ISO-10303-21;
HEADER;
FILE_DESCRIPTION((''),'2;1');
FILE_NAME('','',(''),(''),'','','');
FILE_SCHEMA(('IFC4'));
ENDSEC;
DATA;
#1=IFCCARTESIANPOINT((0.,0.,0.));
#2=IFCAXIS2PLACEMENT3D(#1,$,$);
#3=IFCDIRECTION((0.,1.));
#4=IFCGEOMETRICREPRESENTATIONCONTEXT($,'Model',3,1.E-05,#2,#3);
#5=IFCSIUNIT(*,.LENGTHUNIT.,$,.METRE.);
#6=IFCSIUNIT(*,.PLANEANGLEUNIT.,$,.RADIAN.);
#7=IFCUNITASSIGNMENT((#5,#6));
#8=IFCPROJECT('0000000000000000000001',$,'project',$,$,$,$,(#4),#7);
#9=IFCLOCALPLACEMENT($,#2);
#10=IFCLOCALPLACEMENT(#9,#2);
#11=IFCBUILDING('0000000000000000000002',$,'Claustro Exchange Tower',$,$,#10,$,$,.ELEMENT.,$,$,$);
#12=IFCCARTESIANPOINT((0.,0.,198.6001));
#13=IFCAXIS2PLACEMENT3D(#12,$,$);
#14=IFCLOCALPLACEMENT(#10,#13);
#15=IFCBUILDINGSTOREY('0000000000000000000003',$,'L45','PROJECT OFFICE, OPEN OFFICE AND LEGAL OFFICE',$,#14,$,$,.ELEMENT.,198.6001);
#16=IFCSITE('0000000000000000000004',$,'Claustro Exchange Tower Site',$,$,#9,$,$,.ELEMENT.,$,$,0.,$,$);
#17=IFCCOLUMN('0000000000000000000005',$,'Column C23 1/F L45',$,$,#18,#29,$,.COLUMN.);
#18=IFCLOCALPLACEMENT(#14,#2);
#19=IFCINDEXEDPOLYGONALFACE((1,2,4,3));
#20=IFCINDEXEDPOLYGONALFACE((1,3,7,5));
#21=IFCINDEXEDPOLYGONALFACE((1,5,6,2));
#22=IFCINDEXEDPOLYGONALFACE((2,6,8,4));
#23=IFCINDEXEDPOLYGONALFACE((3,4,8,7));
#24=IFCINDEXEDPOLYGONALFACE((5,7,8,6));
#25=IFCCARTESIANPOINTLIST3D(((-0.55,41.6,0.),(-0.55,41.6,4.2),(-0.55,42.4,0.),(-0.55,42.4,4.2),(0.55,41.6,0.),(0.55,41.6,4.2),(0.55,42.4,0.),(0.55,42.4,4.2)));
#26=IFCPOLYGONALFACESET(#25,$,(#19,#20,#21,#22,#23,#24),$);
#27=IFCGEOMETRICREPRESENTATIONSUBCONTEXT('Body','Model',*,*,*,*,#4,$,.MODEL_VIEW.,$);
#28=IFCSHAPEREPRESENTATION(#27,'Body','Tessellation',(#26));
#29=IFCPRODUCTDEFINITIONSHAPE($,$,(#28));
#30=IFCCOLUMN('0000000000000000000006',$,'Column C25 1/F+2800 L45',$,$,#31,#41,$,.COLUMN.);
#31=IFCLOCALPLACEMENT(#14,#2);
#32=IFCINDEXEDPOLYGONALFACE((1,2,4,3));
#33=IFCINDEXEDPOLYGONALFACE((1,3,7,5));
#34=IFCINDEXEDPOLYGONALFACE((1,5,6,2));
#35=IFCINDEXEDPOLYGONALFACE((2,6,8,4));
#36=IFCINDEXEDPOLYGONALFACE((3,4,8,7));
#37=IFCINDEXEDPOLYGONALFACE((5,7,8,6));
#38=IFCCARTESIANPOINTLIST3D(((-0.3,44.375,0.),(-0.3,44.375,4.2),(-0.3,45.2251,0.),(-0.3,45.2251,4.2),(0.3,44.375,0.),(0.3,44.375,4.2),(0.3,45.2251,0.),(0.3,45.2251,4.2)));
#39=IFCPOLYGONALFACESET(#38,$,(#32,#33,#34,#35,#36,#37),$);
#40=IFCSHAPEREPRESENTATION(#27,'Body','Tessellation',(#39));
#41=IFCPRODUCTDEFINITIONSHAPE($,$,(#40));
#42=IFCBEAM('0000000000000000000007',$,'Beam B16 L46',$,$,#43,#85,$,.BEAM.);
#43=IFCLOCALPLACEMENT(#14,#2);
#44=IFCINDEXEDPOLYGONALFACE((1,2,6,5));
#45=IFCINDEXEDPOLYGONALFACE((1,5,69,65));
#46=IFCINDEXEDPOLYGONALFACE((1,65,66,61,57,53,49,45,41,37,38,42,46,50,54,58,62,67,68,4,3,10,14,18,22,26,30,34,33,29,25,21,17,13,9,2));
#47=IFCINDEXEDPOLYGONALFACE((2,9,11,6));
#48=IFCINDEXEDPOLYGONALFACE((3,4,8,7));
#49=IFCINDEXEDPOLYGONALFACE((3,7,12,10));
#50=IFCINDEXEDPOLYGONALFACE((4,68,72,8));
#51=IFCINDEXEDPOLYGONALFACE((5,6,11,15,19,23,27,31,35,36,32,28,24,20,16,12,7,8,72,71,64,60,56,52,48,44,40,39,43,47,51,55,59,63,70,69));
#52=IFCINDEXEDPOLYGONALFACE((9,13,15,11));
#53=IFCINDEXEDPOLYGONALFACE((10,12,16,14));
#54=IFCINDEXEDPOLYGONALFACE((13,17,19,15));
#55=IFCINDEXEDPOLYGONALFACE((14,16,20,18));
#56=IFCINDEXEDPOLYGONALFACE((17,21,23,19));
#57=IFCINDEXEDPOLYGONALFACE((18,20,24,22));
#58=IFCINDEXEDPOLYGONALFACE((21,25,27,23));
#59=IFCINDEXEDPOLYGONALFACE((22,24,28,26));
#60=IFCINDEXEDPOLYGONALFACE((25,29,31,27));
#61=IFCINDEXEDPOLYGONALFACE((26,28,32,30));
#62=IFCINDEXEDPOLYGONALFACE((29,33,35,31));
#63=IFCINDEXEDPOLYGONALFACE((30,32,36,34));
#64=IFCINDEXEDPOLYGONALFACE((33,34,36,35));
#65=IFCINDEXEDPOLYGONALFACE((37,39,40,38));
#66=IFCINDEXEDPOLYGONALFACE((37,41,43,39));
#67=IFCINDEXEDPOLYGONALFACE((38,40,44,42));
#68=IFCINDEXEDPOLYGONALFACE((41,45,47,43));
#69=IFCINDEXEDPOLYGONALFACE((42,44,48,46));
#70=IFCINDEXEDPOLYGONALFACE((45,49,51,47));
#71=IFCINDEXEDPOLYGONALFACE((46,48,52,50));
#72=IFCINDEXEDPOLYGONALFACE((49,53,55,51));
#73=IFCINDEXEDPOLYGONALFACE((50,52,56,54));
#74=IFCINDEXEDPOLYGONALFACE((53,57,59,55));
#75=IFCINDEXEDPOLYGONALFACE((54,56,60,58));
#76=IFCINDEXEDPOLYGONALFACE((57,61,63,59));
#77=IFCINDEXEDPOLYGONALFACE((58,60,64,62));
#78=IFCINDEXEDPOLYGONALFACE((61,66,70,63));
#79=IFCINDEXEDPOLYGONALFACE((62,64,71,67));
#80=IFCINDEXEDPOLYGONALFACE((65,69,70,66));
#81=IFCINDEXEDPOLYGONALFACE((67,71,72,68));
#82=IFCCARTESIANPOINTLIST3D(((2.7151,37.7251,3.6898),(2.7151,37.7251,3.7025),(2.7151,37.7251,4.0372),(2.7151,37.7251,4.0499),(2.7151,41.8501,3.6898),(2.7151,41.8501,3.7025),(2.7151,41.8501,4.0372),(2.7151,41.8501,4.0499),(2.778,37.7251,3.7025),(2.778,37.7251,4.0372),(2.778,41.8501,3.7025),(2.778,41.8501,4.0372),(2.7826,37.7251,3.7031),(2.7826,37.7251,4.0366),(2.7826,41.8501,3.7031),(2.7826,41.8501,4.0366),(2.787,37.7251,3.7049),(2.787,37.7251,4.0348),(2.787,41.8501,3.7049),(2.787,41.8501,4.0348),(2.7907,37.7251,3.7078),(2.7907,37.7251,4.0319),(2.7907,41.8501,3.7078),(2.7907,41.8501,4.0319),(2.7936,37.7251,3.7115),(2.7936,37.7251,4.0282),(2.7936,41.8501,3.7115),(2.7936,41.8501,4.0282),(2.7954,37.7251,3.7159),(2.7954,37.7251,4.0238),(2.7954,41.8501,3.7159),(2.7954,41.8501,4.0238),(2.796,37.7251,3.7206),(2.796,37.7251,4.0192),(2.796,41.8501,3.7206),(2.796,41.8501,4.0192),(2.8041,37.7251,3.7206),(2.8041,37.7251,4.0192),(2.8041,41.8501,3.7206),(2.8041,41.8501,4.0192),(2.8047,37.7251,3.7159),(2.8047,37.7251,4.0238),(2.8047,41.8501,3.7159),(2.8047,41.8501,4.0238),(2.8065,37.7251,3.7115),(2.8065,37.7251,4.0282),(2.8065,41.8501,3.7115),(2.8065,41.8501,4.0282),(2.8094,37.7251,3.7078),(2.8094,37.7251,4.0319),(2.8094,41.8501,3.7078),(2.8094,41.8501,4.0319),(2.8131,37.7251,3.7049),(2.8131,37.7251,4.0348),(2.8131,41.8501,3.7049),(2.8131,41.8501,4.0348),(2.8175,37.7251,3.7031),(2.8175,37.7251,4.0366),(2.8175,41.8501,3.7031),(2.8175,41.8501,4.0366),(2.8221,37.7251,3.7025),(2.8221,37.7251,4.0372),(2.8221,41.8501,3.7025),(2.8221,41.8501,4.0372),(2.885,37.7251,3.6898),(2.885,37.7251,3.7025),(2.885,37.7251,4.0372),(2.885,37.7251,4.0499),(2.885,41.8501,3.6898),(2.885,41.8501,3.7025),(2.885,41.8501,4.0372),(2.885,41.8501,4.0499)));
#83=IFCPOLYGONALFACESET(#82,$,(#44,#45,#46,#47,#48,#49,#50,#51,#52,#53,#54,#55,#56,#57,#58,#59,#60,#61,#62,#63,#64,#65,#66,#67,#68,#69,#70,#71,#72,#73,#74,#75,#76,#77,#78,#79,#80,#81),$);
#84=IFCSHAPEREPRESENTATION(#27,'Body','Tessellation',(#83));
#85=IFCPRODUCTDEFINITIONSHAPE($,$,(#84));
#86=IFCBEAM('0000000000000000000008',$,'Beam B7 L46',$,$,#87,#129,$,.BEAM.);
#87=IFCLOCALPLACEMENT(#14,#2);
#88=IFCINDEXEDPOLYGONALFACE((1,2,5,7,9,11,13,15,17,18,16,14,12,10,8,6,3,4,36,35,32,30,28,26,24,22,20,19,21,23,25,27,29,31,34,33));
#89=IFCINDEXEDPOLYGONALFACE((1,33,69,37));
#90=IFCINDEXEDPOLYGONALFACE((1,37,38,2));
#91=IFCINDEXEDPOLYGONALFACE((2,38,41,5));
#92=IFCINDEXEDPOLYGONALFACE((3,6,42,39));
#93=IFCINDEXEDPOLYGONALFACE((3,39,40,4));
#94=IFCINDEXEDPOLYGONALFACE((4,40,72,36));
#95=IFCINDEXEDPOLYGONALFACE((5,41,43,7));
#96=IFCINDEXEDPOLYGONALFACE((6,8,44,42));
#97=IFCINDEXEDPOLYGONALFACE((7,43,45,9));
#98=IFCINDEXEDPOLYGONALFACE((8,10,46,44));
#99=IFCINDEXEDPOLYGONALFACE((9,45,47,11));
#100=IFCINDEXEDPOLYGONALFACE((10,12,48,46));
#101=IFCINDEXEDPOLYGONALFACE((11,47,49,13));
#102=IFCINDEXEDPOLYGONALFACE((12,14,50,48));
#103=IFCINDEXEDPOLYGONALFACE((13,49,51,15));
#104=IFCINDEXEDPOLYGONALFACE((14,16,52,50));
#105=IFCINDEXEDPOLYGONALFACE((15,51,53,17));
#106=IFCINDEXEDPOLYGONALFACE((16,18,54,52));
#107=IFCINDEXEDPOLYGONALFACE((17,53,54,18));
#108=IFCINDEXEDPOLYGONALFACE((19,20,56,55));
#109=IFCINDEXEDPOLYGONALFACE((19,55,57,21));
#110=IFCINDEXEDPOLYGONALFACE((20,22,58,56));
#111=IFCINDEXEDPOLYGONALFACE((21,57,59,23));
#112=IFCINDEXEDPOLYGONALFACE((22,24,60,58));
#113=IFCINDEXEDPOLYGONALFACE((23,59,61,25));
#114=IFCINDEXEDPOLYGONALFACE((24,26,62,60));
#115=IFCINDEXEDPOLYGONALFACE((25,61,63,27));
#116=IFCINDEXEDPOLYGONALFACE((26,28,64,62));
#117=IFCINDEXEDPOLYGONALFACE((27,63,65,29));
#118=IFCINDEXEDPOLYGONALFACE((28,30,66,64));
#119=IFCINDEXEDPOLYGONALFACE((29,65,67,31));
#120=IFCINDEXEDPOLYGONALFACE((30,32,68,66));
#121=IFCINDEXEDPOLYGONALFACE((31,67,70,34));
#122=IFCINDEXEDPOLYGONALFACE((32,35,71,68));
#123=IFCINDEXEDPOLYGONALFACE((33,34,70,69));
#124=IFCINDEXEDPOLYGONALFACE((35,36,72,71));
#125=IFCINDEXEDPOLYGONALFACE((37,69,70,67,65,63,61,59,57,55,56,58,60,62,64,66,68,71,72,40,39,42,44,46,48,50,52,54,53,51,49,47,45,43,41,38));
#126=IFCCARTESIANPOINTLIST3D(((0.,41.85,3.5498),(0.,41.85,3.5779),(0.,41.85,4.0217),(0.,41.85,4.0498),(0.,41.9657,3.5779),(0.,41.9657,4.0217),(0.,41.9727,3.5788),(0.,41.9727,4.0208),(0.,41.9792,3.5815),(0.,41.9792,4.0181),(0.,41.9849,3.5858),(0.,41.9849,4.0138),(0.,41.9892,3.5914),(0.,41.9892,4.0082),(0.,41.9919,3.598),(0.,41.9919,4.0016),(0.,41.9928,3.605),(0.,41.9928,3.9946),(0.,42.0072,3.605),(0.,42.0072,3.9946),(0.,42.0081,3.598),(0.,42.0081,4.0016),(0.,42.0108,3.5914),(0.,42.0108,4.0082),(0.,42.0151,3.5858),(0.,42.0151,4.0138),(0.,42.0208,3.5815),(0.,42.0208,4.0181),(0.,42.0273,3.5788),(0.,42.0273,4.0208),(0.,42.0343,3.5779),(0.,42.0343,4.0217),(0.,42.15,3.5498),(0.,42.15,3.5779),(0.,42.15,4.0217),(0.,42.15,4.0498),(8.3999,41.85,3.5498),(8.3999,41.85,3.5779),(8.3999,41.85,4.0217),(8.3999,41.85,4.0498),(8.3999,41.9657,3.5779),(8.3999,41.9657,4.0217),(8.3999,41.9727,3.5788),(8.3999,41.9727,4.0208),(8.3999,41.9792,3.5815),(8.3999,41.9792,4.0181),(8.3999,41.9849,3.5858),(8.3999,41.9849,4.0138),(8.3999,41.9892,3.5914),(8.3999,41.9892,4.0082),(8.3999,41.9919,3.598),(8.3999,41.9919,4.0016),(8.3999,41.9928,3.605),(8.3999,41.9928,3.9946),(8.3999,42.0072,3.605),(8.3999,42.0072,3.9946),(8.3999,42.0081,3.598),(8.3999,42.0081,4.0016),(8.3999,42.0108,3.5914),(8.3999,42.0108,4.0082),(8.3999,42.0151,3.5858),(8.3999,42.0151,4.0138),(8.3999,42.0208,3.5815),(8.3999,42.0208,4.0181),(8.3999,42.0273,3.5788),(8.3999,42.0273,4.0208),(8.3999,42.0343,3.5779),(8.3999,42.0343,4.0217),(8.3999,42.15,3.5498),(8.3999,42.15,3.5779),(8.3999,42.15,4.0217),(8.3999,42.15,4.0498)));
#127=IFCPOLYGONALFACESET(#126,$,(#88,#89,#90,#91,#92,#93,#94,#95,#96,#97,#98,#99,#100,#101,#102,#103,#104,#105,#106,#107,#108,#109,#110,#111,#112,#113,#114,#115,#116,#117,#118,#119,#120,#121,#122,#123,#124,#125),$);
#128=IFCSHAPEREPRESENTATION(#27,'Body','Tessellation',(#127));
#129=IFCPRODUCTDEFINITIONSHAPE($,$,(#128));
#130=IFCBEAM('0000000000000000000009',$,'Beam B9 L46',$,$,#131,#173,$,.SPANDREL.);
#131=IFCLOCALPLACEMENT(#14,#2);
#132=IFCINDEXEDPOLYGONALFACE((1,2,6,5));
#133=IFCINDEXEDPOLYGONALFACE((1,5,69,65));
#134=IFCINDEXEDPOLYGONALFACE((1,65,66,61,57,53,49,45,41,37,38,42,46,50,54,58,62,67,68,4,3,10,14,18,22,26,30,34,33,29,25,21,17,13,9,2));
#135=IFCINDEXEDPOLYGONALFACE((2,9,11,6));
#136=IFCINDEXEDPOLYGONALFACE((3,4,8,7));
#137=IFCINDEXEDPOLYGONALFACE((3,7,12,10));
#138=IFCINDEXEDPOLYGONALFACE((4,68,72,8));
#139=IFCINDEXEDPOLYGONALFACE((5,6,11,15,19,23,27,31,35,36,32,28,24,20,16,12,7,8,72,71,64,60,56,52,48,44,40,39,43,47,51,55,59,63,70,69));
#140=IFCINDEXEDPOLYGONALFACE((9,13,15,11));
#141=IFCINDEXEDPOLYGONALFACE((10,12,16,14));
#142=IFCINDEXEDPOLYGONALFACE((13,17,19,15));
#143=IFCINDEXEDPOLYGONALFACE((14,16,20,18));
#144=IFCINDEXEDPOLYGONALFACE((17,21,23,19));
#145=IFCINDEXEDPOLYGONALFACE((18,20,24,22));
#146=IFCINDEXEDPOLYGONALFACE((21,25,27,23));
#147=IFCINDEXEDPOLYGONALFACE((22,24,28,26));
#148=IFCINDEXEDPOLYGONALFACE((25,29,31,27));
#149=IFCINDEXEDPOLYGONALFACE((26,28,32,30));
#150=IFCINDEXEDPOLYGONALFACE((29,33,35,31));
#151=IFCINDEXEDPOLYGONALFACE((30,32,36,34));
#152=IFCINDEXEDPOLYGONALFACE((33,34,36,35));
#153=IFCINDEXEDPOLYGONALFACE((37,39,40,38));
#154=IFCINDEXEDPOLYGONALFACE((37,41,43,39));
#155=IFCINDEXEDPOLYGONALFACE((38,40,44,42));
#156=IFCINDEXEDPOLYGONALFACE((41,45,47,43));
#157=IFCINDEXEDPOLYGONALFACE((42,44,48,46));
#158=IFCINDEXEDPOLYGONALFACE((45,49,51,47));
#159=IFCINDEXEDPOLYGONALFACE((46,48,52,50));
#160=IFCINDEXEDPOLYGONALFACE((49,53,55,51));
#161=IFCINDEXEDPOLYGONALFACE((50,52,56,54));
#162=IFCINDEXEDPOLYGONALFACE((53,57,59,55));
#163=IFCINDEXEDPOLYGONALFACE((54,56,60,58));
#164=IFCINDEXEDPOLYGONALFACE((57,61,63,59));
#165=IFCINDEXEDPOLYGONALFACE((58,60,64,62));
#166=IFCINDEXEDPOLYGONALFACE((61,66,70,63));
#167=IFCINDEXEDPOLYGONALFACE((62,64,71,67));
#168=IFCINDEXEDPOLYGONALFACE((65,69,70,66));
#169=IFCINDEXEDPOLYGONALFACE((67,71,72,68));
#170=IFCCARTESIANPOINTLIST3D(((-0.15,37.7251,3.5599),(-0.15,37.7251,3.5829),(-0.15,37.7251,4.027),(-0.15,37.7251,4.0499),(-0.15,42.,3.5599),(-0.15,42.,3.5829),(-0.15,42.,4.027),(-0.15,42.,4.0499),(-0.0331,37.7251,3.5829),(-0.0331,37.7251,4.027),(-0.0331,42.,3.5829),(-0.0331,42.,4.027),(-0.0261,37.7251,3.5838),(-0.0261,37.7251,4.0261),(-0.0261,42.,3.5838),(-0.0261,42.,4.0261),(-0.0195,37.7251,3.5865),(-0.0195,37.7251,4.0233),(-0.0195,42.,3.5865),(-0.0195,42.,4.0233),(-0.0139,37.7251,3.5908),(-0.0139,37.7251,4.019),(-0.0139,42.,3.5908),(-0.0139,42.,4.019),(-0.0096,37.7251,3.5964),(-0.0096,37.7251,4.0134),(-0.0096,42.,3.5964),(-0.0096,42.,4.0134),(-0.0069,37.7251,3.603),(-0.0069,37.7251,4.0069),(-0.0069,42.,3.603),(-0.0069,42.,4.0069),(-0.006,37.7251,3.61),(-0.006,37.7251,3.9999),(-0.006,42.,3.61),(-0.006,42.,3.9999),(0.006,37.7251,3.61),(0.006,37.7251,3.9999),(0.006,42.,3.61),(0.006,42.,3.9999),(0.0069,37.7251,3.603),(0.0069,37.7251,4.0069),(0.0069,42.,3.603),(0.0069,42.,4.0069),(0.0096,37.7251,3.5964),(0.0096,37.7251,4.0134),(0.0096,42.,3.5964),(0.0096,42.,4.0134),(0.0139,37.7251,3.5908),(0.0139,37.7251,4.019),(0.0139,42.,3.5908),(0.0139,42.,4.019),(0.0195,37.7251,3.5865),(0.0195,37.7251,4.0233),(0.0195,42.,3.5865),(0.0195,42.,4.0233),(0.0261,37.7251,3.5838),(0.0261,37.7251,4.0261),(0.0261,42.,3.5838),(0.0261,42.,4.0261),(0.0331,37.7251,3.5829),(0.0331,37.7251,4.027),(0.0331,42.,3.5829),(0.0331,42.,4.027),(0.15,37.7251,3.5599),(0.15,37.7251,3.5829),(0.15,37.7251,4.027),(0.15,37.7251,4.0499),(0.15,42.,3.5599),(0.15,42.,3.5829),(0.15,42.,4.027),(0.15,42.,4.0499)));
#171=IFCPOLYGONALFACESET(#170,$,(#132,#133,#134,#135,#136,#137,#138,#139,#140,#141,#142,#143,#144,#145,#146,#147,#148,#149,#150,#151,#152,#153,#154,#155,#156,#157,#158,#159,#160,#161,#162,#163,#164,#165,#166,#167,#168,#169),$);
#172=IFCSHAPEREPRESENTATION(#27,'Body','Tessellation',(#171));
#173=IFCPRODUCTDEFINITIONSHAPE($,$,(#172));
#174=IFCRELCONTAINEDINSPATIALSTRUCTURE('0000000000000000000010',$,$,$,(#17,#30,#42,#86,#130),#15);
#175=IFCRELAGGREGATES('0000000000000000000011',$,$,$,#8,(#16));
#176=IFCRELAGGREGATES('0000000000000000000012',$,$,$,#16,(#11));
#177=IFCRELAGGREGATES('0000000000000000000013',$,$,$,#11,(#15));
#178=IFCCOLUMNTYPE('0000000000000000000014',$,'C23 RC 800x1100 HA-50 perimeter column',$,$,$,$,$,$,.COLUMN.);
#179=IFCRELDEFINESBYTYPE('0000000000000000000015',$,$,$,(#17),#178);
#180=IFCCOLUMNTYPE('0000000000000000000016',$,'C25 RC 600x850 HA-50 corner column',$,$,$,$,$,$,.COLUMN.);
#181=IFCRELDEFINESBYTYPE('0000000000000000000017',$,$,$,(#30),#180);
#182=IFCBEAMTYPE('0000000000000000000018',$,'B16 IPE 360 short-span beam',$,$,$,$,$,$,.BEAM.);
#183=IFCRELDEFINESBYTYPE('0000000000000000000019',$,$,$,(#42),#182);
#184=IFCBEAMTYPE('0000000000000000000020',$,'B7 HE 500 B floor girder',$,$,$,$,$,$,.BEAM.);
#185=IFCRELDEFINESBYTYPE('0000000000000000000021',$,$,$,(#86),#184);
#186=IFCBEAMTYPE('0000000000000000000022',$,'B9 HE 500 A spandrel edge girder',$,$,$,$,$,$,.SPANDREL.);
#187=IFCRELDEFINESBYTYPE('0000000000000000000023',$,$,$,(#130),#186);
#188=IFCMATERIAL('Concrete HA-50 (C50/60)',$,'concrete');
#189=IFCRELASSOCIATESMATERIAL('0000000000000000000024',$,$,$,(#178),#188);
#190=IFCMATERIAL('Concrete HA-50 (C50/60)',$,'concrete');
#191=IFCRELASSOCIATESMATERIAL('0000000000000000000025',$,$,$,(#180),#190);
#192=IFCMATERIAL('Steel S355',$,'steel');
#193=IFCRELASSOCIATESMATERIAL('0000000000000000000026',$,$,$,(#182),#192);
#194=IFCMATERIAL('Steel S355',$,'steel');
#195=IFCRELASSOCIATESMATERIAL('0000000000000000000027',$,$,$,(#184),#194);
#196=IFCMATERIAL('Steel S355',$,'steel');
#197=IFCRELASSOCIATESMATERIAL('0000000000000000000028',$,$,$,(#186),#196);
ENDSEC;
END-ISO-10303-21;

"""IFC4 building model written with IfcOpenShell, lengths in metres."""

from ifc_helpers import new_model, si_unit, direction, frame, origin, origin_2d, place, context, subcontext, project, spatial, rectangle, i_section, extrude, material, material_profile, profile_set, type_object, element, save


model = new_model("IFC4")

# Units and contexts
model_context = context("Model", 3, precision=1e-05, world=origin(), true_north=direction((0.0, 1.0)))
body_context = subcontext(model_context, "Body", "Model", "MODEL_VIEW")
ifc_project = project(units=[si_unit("LENGTHUNIT", "METRE"), si_unit("PLANEANGLEUNIT", "RADIAN")], contexts=[model_context])

# Site, building, storey
site_placement = place(None, origin())
site = spatial("IfcSite", under=ifc_project, at=site_placement, Name="Claustro Exchange Tower Site", CompositionType="ELEMENT", RefElevation=0.0)
building_placement = place(site_placement, origin())
building = spatial("IfcBuilding", under=site, at=building_placement, Name="Claustro Exchange Tower", CompositionType="ELEMENT")
storey_placement = place(building_placement, frame((0.0, 0.0, 198.6001)))
storey = spatial("IfcBuildingStorey", under=building, at=storey_placement, Name="L45", Description="PROJECT OFFICE, OPEN OFFICE AND LEGAL OFFICE", CompositionType="ELEMENT", Elevation=198.6001)

# Columns
ifc_material_1 = material(Name="Concrete HA-50 (C50/60)", Category="concrete")
ifc_material_profile_1 = material_profile(ifc_material_1, rectangle(XDim=0.8, YDim=1.1001, at=origin_2d()), Name="RC 800x1100")
ifc_profile_set_1 = profile_set([ifc_material_profile_1], Name="Concrete HA-50 (C50/60)")
column_type_1 = type_object("IfcColumnType", Name="C23 RC 800x1100 HA-50 perimeter column", PredefinedType="COLUMN", material=ifc_profile_set_1)
column_1_placement = place(storey_placement, frame((0.0, 42.0, 0.0), z_axis=(0.0, 0.0, 1.0), x_axis=(0.0, 1.0, 0.0)))
element("IfcColumn", 1, at=column_1_placement, inside=storey, type_object=column_type_1, Name="Column C23 1/F L45", PredefinedType="COLUMN", context=body_context, shape_type="SweptSolid", body=[
    extrude(rectangle(XDim=0.8, YDim=1.1001, at=origin_2d()), origin(), (0.0, 0.0, 1.0), 4.2),
])
ifc_material_2 = material(Name="Concrete HA-50 (C50/60)", Category="concrete")
ifc_material_profile_2 = material_profile(ifc_material_2, rectangle(XDim=0.6001, YDim=0.8501, at=origin_2d()), Name="RC 600x850")
ifc_profile_set_2 = profile_set([ifc_material_profile_2], Name="Concrete HA-50 (C50/60)")
column_type_2 = type_object("IfcColumnType", Name="C25 RC 600x850 HA-50 corner column", PredefinedType="COLUMN", material=ifc_profile_set_2)
column_2_placement = place(storey_placement, frame((0.0, 44.8, 0.0), z_axis=(0.0, 0.0, 1.0), x_axis=(1.0, 0.0, 0.0)))
element("IfcColumn", 2, at=column_2_placement, inside=storey, type_object=column_type_2, Name="Column C25 1/F+2800 L45", PredefinedType="COLUMN", context=body_context, shape_type="SweptSolid", body=[
    extrude(rectangle(XDim=0.6001, YDim=0.8501, at=origin_2d()), origin(), (0.0, 0.0, 1.0), 4.2),
])

# Beams
ifc_material_3 = material(Name="Steel S355", Category="steel")
ifc_material_profile_3 = material_profile(ifc_material_3, i_section(OverallWidth=0.1699, OverallDepth=0.3601, WebThickness=0.0081, FlangeThickness=0.0127, FilletRadius=0.0181, at=origin_2d()), Name="IPE 360")
ifc_profile_set_3 = profile_set([ifc_material_profile_3], Name="Steel S355")
beam_type_1 = type_object("IfcBeamType", Name="B16 IPE 360 short-span beam", PredefinedType="BEAM", material=ifc_profile_set_3)
beam_1_placement = place(storey_placement, frame((2.8, 37.7251, 3.8699), z_axis=(0.0, 1.0, 0.0), x_axis=(-1.0, 0.0, 0.0)))
element("IfcBeam", 3, at=beam_1_placement, inside=storey, type_object=beam_type_1, Name="Beam B16 L46", PredefinedType="BEAM", context=body_context, shape_type="SweptSolid", body=[
    extrude(i_section(OverallWidth=0.1699, OverallDepth=0.3601, WebThickness=0.0081, FlangeThickness=0.0127, FilletRadius=0.0181, at=origin_2d()), origin(), (0.0, 0.0, 1.0), 4.125),
])
ifc_material_4 = material(Name="Steel S355", Category="steel")
ifc_material_profile_4 = material_profile(ifc_material_4, i_section(OverallWidth=0.3, OverallDepth=0.5, WebThickness=0.0144, FlangeThickness=0.0281, FilletRadius=0.0271, at=origin_2d()), Name="HE 500 B")
ifc_profile_set_4 = profile_set([ifc_material_profile_4], Name="Steel S355")
beam_type_2 = type_object("IfcBeamType", Name="B7 HE 500 B floor girder", PredefinedType="BEAM", material=ifc_profile_set_4)
beam_2_placement = place(storey_placement, frame((0.0, 42.0, 3.7998), z_axis=(1.0, 0.0, 0.0), x_axis=(0.0, 1.0, 0.0)))
element("IfcBeam", 4, at=beam_2_placement, inside=storey, type_object=beam_type_2, Name="Beam B7 L46", PredefinedType="BEAM", context=body_context, shape_type="SweptSolid", body=[
    extrude(i_section(OverallWidth=0.3, OverallDepth=0.5, WebThickness=0.0144, FlangeThickness=0.0281, FilletRadius=0.0271, at=origin_2d()), origin(), (0.0, 0.0, 1.0), 8.3999),
])
ifc_material_5 = material(Name="Steel S355", Category="steel")
ifc_material_profile_5 = material_profile(ifc_material_5, i_section(OverallWidth=0.3, OverallDepth=0.49, WebThickness=0.012, FlangeThickness=0.0229, FilletRadius=0.0271, at=origin_2d()), Name="HE 500 A")
ifc_profile_set_5 = profile_set([ifc_material_profile_5], Name="Steel S355")
beam_type_3 = type_object("IfcBeamType", Name="B9 HE 500 A spandrel edge girder", PredefinedType="SPANDREL", material=ifc_profile_set_5)
beam_3_placement = place(storey_placement, frame((0.0, 37.7251, 3.8049), z_axis=(0.0, 1.0, 0.0), x_axis=(-1.0, 0.0, 0.0)))
element("IfcBeam", 5, at=beam_3_placement, inside=storey, type_object=beam_type_3, Name="Beam B9 L46", PredefinedType="SPANDREL", context=body_context, shape_type="SweptSolid", body=[
    extrude(i_section(OverallWidth=0.3, OverallDepth=0.49, WebThickness=0.012, FlangeThickness=0.0229, FilletRadius=0.0271, at=origin_2d()), origin(), (0.0, 0.0, 1.0), 4.2749),
])

save(model, "model.ifc")
